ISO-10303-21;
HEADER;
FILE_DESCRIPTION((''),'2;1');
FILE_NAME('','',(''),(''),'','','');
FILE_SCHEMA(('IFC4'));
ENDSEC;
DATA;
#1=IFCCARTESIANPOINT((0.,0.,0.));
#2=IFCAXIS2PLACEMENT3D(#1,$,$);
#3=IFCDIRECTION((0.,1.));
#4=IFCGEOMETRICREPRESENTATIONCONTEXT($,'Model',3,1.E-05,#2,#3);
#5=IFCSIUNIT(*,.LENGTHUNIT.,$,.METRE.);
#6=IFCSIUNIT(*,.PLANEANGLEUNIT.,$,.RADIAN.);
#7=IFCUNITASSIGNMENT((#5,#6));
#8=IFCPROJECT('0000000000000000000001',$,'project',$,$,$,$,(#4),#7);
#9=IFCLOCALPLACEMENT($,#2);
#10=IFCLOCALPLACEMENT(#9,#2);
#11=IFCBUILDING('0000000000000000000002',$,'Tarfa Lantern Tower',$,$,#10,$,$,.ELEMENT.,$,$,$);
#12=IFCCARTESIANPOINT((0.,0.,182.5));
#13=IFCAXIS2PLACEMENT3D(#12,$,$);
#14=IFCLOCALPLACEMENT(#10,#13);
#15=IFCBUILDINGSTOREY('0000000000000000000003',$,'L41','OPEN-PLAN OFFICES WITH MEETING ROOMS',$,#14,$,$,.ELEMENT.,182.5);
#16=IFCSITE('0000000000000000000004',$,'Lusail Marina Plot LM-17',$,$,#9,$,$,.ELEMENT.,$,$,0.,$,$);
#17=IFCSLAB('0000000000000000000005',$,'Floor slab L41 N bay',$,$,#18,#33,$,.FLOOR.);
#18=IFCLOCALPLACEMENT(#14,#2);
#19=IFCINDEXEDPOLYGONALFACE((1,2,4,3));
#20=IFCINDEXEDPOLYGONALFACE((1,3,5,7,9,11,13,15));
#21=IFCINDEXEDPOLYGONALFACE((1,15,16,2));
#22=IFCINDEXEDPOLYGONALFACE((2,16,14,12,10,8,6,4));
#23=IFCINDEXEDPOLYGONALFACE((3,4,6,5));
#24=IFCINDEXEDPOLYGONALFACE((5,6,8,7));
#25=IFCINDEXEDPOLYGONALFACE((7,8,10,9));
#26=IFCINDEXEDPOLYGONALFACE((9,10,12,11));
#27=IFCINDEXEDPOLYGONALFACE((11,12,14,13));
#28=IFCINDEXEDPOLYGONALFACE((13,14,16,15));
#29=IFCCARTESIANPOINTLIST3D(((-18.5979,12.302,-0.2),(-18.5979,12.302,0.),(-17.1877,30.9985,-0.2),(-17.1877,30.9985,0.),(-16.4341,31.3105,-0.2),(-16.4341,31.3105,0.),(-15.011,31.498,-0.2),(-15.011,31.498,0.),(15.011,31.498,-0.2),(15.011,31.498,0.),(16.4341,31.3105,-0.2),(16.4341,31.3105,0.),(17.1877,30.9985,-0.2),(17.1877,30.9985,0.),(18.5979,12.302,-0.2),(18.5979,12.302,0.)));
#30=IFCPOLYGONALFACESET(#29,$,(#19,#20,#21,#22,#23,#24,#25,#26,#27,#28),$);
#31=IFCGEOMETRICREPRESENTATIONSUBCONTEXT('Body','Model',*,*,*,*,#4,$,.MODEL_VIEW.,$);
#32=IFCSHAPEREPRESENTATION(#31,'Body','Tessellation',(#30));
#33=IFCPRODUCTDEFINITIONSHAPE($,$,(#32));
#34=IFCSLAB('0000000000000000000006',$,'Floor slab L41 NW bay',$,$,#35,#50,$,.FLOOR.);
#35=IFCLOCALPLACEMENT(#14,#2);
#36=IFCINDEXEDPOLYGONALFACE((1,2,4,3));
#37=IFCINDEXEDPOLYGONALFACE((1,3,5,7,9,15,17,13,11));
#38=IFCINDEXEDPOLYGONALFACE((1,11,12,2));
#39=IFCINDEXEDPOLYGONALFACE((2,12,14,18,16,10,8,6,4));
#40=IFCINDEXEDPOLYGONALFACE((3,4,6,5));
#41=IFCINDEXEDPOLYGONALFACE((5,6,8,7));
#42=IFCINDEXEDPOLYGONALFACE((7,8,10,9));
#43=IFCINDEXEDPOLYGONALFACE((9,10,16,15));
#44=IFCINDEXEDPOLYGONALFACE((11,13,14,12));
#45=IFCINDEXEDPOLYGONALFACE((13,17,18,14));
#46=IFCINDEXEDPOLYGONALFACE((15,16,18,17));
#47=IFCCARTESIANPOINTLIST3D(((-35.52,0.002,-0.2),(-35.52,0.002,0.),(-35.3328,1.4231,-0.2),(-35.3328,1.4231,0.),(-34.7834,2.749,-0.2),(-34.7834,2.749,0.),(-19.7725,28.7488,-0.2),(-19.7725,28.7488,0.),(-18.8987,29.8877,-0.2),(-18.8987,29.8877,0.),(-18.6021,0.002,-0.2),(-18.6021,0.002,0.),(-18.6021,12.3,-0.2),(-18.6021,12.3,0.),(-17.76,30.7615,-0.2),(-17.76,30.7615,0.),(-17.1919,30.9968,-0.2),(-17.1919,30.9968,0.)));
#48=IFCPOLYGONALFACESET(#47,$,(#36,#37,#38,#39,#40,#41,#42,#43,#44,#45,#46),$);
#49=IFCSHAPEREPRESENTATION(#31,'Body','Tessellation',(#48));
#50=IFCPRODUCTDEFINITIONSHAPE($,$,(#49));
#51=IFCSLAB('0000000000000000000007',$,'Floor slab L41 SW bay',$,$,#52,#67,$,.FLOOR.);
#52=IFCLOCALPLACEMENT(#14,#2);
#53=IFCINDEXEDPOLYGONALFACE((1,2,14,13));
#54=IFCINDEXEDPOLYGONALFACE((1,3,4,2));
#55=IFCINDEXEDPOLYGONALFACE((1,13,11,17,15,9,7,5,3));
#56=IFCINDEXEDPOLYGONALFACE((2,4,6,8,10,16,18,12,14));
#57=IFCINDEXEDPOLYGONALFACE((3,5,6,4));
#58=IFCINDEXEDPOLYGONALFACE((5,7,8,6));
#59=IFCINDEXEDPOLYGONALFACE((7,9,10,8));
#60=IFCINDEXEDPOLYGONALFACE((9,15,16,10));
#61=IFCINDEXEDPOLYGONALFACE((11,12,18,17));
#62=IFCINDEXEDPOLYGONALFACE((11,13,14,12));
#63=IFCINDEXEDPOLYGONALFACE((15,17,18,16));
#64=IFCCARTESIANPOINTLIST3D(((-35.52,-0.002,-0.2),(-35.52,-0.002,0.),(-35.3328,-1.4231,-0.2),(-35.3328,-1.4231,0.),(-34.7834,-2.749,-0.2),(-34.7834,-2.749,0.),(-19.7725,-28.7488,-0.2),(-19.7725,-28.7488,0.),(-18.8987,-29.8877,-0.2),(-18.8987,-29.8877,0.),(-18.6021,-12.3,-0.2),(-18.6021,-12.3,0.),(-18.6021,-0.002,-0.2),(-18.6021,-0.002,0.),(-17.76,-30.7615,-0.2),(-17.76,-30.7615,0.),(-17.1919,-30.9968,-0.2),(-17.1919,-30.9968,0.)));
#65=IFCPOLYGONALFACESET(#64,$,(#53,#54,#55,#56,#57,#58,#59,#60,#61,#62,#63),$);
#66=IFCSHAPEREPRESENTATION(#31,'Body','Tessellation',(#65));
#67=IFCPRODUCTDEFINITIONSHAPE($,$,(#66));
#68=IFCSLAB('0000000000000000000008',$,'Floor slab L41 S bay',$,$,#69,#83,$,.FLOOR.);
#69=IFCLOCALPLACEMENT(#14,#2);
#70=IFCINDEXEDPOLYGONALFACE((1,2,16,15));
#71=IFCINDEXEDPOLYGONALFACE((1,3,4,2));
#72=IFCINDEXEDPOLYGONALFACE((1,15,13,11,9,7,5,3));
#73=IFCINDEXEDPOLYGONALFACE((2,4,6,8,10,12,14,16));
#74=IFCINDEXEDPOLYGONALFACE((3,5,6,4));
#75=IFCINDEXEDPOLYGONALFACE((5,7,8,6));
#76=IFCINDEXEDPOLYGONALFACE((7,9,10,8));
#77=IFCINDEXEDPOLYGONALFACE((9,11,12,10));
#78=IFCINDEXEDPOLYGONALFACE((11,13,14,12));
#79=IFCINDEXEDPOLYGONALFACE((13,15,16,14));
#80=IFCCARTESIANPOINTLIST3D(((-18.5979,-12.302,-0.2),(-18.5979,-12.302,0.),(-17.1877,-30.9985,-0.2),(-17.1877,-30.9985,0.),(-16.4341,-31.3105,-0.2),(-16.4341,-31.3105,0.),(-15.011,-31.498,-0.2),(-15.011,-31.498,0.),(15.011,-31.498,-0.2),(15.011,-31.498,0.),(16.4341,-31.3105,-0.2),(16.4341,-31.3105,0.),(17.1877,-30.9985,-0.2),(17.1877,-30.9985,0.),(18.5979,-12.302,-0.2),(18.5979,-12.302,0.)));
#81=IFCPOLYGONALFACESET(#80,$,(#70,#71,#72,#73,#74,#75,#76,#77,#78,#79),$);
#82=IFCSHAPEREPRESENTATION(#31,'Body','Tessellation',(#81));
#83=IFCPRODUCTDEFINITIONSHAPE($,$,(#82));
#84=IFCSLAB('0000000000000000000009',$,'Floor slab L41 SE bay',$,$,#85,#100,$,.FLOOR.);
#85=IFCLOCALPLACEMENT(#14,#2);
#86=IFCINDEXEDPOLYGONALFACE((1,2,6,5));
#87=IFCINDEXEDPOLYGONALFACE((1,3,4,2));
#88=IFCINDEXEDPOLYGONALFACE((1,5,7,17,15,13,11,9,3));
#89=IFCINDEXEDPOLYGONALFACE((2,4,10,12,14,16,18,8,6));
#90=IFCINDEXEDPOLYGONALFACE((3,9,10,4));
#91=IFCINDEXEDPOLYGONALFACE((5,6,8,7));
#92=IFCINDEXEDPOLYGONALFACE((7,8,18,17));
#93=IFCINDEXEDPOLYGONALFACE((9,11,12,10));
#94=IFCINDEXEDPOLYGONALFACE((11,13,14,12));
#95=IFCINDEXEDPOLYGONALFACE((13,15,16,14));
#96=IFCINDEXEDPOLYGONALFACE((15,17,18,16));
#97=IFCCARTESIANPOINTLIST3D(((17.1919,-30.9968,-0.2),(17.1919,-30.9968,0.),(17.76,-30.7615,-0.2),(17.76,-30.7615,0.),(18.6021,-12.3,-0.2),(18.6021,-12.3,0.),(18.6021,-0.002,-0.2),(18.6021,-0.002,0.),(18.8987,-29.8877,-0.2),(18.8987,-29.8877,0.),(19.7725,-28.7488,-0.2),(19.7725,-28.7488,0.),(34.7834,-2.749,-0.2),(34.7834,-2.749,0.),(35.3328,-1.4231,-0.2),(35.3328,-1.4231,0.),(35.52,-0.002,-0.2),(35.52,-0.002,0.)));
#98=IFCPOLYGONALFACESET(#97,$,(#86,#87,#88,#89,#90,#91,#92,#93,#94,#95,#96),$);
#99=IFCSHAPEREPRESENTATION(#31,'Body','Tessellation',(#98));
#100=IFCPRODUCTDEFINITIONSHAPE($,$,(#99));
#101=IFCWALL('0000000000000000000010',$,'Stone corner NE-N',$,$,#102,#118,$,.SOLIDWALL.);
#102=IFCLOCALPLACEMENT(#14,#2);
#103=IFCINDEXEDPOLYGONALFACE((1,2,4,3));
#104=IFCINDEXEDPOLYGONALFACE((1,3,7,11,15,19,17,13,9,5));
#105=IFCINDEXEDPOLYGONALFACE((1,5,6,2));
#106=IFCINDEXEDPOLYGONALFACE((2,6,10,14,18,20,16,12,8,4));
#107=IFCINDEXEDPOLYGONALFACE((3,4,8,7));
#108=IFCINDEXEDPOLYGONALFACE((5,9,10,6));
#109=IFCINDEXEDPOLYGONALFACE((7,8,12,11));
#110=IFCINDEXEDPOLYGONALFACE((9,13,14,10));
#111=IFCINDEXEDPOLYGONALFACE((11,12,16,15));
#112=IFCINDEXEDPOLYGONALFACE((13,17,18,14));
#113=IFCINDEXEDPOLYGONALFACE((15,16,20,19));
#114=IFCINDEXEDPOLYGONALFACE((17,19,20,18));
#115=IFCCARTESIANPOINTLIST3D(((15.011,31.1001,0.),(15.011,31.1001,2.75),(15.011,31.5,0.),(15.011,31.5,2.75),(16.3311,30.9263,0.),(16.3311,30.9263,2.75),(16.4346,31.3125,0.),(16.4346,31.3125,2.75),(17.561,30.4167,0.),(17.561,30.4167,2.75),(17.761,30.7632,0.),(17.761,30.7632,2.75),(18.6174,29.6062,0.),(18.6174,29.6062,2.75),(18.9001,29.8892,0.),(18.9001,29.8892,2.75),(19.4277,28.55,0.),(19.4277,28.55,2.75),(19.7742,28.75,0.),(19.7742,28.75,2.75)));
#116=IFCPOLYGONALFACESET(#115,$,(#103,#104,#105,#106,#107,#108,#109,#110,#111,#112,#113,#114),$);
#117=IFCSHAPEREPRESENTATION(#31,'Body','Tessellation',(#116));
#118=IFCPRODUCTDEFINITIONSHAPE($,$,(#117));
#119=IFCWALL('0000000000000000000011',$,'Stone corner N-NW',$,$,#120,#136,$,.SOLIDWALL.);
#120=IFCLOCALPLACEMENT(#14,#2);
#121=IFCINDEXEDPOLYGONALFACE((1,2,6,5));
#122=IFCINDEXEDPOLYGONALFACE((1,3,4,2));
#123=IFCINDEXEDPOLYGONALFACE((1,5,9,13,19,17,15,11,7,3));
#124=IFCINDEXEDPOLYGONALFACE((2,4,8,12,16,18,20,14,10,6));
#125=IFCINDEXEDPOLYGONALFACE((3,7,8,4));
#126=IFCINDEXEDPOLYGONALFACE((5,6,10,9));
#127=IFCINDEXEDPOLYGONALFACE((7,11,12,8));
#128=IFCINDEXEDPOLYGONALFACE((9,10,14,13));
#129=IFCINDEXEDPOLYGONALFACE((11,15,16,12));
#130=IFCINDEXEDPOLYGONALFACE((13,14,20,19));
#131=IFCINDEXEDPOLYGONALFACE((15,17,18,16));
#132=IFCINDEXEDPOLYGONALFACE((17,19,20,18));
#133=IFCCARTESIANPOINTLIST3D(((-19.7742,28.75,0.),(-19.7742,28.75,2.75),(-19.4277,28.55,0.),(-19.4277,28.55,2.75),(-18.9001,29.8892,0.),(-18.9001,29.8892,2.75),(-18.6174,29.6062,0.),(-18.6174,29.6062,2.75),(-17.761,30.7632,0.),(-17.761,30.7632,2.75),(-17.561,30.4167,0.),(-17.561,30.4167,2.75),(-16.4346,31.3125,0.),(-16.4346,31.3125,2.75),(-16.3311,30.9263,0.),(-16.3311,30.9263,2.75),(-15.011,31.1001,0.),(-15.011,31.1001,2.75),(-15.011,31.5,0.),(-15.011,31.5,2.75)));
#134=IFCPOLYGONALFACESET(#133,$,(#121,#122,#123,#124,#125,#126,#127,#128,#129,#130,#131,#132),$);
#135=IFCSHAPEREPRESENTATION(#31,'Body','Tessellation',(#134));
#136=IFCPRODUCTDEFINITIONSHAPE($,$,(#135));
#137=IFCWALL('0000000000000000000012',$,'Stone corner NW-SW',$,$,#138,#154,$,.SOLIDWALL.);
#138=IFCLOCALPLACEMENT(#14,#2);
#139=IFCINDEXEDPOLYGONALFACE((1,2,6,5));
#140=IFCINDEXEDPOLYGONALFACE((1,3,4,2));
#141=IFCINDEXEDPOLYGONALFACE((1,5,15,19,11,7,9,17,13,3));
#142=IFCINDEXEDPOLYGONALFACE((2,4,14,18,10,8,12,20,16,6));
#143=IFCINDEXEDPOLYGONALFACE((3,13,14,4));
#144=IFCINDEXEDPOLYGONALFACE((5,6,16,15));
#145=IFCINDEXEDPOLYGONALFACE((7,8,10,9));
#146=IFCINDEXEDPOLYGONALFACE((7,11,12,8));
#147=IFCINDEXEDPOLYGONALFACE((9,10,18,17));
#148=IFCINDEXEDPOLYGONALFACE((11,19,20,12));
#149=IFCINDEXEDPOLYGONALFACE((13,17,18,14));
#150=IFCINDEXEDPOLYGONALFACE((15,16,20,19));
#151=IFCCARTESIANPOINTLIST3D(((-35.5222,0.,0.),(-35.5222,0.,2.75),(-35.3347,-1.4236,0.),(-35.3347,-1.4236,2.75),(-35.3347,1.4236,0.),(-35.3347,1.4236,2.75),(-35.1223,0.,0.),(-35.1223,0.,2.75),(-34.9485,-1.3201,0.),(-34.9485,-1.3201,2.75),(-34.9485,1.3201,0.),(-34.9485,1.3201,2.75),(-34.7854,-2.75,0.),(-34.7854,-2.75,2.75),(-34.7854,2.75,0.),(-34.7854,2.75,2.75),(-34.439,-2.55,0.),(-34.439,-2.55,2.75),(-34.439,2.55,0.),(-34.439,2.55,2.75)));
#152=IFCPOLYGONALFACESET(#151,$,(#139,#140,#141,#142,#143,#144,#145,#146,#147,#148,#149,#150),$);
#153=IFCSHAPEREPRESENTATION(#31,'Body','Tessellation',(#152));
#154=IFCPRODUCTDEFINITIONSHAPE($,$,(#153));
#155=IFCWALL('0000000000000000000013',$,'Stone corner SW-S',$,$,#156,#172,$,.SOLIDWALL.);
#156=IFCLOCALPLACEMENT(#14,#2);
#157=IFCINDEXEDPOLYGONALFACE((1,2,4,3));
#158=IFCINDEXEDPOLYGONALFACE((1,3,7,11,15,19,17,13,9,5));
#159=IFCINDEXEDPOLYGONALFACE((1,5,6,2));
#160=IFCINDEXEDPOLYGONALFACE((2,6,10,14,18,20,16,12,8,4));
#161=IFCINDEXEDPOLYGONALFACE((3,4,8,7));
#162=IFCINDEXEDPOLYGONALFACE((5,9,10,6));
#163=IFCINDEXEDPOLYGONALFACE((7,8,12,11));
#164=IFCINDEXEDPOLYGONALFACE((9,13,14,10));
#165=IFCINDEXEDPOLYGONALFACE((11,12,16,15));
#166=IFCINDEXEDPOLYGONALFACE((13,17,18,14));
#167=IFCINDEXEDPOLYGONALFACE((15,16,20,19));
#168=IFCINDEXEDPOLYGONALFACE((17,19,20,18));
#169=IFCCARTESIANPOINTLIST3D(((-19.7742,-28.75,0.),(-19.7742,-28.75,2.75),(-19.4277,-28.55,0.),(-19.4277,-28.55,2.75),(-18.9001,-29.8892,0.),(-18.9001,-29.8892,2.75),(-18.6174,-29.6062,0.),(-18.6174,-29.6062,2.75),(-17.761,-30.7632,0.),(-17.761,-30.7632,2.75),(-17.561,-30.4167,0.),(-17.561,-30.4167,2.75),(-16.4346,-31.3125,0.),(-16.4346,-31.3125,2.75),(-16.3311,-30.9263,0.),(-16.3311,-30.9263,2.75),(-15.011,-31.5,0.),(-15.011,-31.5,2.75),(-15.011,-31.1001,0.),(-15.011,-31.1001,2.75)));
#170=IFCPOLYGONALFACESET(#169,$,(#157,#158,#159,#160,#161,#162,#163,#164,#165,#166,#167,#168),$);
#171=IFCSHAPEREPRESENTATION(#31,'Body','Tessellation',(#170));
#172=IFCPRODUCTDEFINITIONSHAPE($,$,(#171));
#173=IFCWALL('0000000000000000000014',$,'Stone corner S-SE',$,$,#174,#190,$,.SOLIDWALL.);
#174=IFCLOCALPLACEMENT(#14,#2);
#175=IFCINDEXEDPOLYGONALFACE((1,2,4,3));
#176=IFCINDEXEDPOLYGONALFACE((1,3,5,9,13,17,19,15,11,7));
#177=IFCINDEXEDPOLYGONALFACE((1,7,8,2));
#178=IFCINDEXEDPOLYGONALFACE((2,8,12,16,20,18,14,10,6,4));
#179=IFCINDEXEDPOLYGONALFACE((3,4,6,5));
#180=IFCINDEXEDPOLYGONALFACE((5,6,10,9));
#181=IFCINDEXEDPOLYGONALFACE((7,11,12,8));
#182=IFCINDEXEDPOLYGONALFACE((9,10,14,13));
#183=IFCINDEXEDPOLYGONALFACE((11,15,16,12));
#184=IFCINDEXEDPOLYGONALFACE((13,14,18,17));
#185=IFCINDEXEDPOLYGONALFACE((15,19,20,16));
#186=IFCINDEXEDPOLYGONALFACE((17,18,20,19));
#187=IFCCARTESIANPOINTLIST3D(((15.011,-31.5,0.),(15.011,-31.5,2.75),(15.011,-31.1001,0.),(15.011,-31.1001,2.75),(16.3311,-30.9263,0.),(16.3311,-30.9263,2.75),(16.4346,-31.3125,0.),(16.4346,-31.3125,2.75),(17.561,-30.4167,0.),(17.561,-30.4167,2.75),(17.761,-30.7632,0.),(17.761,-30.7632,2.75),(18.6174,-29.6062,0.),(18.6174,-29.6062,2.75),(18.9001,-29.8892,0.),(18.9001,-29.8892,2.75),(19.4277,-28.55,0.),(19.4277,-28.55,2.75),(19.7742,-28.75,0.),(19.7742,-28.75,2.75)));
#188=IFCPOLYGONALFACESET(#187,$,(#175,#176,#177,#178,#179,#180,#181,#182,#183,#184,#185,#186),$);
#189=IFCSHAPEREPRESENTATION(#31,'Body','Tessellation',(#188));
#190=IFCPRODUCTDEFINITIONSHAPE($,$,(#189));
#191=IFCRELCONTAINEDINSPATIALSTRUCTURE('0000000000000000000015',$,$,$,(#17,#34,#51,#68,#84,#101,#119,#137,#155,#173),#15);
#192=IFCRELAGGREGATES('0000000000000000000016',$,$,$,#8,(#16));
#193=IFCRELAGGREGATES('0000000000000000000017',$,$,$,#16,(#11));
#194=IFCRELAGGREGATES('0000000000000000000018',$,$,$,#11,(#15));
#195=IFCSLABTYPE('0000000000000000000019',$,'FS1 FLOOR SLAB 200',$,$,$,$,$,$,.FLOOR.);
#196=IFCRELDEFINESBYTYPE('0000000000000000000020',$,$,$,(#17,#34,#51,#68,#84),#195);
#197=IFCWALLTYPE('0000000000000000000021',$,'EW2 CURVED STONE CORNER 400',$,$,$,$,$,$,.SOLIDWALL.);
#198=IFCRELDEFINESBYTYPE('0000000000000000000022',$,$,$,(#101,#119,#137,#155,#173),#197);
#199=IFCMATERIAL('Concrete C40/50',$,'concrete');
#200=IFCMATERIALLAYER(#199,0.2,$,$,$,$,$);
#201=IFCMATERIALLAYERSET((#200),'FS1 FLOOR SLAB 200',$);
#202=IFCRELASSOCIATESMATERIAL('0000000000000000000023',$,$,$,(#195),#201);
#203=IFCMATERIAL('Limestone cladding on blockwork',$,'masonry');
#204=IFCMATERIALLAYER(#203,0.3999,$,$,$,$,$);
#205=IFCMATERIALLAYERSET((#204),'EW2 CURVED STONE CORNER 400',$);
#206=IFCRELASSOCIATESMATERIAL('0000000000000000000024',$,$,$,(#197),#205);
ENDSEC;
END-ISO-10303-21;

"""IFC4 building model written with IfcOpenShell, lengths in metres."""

from ifc_helpers import new_model, si_unit, direction, frame, origin, place, context, subcontext, project, spatial, polyline, outline, extrude, material, layer, layer_set, type_object, element, save


model = new_model("IFC4")

# Units and contexts
model_context = context("Model", 3, precision=1e-05, world=origin(), true_north=direction((0.0, 1.0)))
body_context = subcontext(model_context, "Body", "Model", "MODEL_VIEW")
ifc_project = project(units=[si_unit("LENGTHUNIT", "METRE"), si_unit("PLANEANGLEUNIT", "RADIAN")], contexts=[model_context])

# Site, building, storey
site_placement = place(None, origin())
site = spatial("IfcSite", under=ifc_project, at=site_placement, Name="Lusail Marina Plot LM-17", CompositionType="ELEMENT", RefElevation=0.0)
building_placement = place(site_placement, origin())
building = spatial("IfcBuilding", under=site, at=building_placement, Name="Tarfa Lantern Tower", CompositionType="ELEMENT")
storey_placement = place(building_placement, frame((0.0, 0.0, 182.5)))
storey = spatial("IfcBuildingStorey", under=building, at=storey_placement, Name="L41", Description="OPEN-PLAN OFFICES WITH MEETING ROOMS", CompositionType="ELEMENT", Elevation=182.5)

# Slabs
ifc_material_1 = material(Name="Concrete C40/50", Category="concrete")
ifc_layer_1 = layer(ifc_material_1, 0.2)
ifc_layer_set_1 = layer_set([ifc_layer_1], Name="FS1 FLOOR SLAB 200")
slab_type_1 = type_object("IfcSlabType", Name="FS1 FLOOR SLAB 200", PredefinedType="FLOOR", material=ifc_layer_set_1)
slab_1_placement = place(storey_placement, frame((0.0, 0.0, -0.2)))
element("IfcSlab", 1, at=slab_1_placement, inside=storey, type_object=slab_type_1, Name="Floor slab L41 N bay", PredefinedType="FLOOR", context=body_context, shape_type="SweptSolid", body=[
    extrude(outline(polyline([(-18.5979, 12.302), (18.5979, 12.302), (17.1877, 30.9985), (16.4341, 31.3105), (15.011, 31.498), (-15.011, 31.498), (-16.4341, 31.3105), (-17.1877, 30.9985), (-18.5979, 12.302)])), origin(), (0.0, 0.0, 1.0), 0.2),
])
slab_2_placement = place(storey_placement, frame((0.0, 0.0, -0.2)))
element("IfcSlab", 2, at=slab_2_placement, inside=storey, type_object=slab_type_1, Name="Floor slab L41 NW bay", PredefinedType="FLOOR", context=body_context, shape_type="SweptSolid", body=[
    extrude(outline(polyline([(-18.6021, 0.002), (-18.6021, 12.3), (-17.1919, 30.9968), (-17.76, 30.7615), (-18.8987, 29.8877), (-19.7725, 28.7488), (-34.7834, 2.749), (-35.3328, 1.4231), (-35.52, 0.002), (-18.6021, 0.002)])), origin(), (0.0, 0.0, 1.0), 0.2),
])
slab_3_placement = place(storey_placement, frame((0.0, 0.0, -0.2)))
element("IfcSlab", 3, at=slab_3_placement, inside=storey, type_object=slab_type_1, Name="Floor slab L41 SW bay", PredefinedType="FLOOR", context=body_context, shape_type="SweptSolid", body=[
    extrude(outline(polyline([(-18.6021, -12.3), (-18.6021, -0.002), (-35.52, -0.002), (-35.3328, -1.4231), (-34.7834, -2.749), (-19.7725, -28.7488), (-18.8987, -29.8877), (-17.76, -30.7615), (-17.1919, -30.9968), (-18.6021, -12.3)])), origin(), (0.0, 0.0, 1.0), 0.2),
])
slab_4_placement = place(storey_placement, frame((0.0, 0.0, -0.2)))
element("IfcSlab", 4, at=slab_4_placement, inside=storey, type_object=slab_type_1, Name="Floor slab L41 S bay", PredefinedType="FLOOR", context=body_context, shape_type="SweptSolid", body=[
    extrude(outline(polyline([(18.5979, -12.302), (-18.5979, -12.302), (-17.1877, -30.9985), (-16.4341, -31.3105), (-15.011, -31.498), (15.011, -31.498), (16.4341, -31.3105), (17.1877, -30.9985), (18.5979, -12.302)])), origin(), (0.0, 0.0, 1.0), 0.2),
])
slab_5_placement = place(storey_placement, frame((0.0, 0.0, -0.2)))
element("IfcSlab", 5, at=slab_5_placement, inside=storey, type_object=slab_type_1, Name="Floor slab L41 SE bay", PredefinedType="FLOOR", context=body_context, shape_type="SweptSolid", body=[
    extrude(outline(polyline([(18.6021, -0.002), (18.6021, -12.3), (17.1919, -30.9968), (17.76, -30.7615), (18.8987, -29.8877), (19.7725, -28.7488), (34.7834, -2.749), (35.3328, -1.4231), (35.52, -0.002), (18.6021, -0.002)])), origin(), (0.0, 0.0, 1.0), 0.2),
])

# Walls
ifc_material_2 = material(Name="Limestone cladding on blockwork", Category="masonry")
ifc_layer_2 = layer(ifc_material_2, 0.3999)
ifc_layer_set_2 = layer_set([ifc_layer_2], Name="EW2 CURVED STONE CORNER 400")
wall_type_1 = type_object("IfcWallType", Name="EW2 CURVED STONE CORNER 400", PredefinedType="SOLIDWALL", material=ifc_layer_set_2)
wall_1_placement = place(storey_placement, origin())
element("IfcWall", 6, at=wall_1_placement, inside=storey, type_object=wall_type_1, Name="Stone corner NE-N", PredefinedType="SOLIDWALL", context=body_context, shape_type="SweptSolid", body=[
    extrude(outline(polyline([(19.7742, 28.75), (18.9001, 29.8892), (17.761, 30.7632), (16.4346, 31.3125), (15.011, 31.5), (15.011, 31.1001), (16.3311, 30.9263), (17.561, 30.4167), (18.6174, 29.6062), (19.4277, 28.55), (19.7742, 28.75)])), origin(), (0.0, 0.0, 1.0), 2.75),
])
wall_2_placement = place(storey_placement, origin())
element("IfcWall", 7, at=wall_2_placement, inside=storey, type_object=wall_type_1, Name="Stone corner N-NW", PredefinedType="SOLIDWALL", context=body_context, shape_type="SweptSolid", body=[
    extrude(outline(polyline([(-15.011, 31.5), (-16.4346, 31.3125), (-17.761, 30.7632), (-18.9001, 29.8892), (-19.7742, 28.75), (-19.4277, 28.55), (-18.6174, 29.6062), (-17.561, 30.4167), (-16.3311, 30.9263), (-15.011, 31.1001), (-15.011, 31.5)])), origin(), (0.0, 0.0, 1.0), 2.75),
])
wall_3_placement = place(storey_placement, origin())
element("IfcWall", 8, at=wall_3_placement, inside=storey, type_object=wall_type_1, Name="Stone corner NW-SW", PredefinedType="SOLIDWALL", context=body_context, shape_type="SweptSolid", body=[
    extrude(outline(polyline([(-34.7854, 2.75), (-35.3347, 1.4236), (-35.5222, 0.0), (-35.3347, -1.4236), (-34.7854, -2.75), (-34.439, -2.55), (-34.9485, -1.3201), (-35.1223, 0.0), (-34.9485, 1.3201), (-34.439, 2.55), (-34.7854, 2.75)])), origin(), (0.0, 0.0, 1.0), 2.75),
])
wall_4_placement = place(storey_placement, origin())
element("IfcWall", 9, at=wall_4_placement, inside=storey, type_object=wall_type_1, Name="Stone corner SW-S", PredefinedType="SOLIDWALL", context=body_context, shape_type="SweptSolid", body=[
    extrude(outline(polyline([(-19.7742, -28.75), (-18.9001, -29.8892), (-17.761, -30.7632), (-16.4346, -31.3125), (-15.011, -31.5), (-15.011, -31.1001), (-16.3311, -30.9263), (-17.561, -30.4167), (-18.6174, -29.6062), (-19.4277, -28.55), (-19.7742, -28.75)])), origin(), (0.0, 0.0, 1.0), 2.75),
])
wall_5_placement = place(storey_placement, origin())
element("IfcWall", 10, at=wall_5_placement, inside=storey, type_object=wall_type_1, Name="Stone corner S-SE", PredefinedType="SOLIDWALL", context=body_context, shape_type="SweptSolid", body=[
    extrude(outline(polyline([(15.011, -31.5), (16.4346, -31.3125), (17.761, -30.7632), (18.9001, -29.8892), (19.7742, -28.75), (19.4277, -28.55), (18.6174, -29.6062), (17.561, -30.4167), (16.3311, -30.9263), (15.011, -31.1001), (15.011, -31.5)])), origin(), (0.0, 0.0, 1.0), 2.75),
])

save(model, "model.ifc")
